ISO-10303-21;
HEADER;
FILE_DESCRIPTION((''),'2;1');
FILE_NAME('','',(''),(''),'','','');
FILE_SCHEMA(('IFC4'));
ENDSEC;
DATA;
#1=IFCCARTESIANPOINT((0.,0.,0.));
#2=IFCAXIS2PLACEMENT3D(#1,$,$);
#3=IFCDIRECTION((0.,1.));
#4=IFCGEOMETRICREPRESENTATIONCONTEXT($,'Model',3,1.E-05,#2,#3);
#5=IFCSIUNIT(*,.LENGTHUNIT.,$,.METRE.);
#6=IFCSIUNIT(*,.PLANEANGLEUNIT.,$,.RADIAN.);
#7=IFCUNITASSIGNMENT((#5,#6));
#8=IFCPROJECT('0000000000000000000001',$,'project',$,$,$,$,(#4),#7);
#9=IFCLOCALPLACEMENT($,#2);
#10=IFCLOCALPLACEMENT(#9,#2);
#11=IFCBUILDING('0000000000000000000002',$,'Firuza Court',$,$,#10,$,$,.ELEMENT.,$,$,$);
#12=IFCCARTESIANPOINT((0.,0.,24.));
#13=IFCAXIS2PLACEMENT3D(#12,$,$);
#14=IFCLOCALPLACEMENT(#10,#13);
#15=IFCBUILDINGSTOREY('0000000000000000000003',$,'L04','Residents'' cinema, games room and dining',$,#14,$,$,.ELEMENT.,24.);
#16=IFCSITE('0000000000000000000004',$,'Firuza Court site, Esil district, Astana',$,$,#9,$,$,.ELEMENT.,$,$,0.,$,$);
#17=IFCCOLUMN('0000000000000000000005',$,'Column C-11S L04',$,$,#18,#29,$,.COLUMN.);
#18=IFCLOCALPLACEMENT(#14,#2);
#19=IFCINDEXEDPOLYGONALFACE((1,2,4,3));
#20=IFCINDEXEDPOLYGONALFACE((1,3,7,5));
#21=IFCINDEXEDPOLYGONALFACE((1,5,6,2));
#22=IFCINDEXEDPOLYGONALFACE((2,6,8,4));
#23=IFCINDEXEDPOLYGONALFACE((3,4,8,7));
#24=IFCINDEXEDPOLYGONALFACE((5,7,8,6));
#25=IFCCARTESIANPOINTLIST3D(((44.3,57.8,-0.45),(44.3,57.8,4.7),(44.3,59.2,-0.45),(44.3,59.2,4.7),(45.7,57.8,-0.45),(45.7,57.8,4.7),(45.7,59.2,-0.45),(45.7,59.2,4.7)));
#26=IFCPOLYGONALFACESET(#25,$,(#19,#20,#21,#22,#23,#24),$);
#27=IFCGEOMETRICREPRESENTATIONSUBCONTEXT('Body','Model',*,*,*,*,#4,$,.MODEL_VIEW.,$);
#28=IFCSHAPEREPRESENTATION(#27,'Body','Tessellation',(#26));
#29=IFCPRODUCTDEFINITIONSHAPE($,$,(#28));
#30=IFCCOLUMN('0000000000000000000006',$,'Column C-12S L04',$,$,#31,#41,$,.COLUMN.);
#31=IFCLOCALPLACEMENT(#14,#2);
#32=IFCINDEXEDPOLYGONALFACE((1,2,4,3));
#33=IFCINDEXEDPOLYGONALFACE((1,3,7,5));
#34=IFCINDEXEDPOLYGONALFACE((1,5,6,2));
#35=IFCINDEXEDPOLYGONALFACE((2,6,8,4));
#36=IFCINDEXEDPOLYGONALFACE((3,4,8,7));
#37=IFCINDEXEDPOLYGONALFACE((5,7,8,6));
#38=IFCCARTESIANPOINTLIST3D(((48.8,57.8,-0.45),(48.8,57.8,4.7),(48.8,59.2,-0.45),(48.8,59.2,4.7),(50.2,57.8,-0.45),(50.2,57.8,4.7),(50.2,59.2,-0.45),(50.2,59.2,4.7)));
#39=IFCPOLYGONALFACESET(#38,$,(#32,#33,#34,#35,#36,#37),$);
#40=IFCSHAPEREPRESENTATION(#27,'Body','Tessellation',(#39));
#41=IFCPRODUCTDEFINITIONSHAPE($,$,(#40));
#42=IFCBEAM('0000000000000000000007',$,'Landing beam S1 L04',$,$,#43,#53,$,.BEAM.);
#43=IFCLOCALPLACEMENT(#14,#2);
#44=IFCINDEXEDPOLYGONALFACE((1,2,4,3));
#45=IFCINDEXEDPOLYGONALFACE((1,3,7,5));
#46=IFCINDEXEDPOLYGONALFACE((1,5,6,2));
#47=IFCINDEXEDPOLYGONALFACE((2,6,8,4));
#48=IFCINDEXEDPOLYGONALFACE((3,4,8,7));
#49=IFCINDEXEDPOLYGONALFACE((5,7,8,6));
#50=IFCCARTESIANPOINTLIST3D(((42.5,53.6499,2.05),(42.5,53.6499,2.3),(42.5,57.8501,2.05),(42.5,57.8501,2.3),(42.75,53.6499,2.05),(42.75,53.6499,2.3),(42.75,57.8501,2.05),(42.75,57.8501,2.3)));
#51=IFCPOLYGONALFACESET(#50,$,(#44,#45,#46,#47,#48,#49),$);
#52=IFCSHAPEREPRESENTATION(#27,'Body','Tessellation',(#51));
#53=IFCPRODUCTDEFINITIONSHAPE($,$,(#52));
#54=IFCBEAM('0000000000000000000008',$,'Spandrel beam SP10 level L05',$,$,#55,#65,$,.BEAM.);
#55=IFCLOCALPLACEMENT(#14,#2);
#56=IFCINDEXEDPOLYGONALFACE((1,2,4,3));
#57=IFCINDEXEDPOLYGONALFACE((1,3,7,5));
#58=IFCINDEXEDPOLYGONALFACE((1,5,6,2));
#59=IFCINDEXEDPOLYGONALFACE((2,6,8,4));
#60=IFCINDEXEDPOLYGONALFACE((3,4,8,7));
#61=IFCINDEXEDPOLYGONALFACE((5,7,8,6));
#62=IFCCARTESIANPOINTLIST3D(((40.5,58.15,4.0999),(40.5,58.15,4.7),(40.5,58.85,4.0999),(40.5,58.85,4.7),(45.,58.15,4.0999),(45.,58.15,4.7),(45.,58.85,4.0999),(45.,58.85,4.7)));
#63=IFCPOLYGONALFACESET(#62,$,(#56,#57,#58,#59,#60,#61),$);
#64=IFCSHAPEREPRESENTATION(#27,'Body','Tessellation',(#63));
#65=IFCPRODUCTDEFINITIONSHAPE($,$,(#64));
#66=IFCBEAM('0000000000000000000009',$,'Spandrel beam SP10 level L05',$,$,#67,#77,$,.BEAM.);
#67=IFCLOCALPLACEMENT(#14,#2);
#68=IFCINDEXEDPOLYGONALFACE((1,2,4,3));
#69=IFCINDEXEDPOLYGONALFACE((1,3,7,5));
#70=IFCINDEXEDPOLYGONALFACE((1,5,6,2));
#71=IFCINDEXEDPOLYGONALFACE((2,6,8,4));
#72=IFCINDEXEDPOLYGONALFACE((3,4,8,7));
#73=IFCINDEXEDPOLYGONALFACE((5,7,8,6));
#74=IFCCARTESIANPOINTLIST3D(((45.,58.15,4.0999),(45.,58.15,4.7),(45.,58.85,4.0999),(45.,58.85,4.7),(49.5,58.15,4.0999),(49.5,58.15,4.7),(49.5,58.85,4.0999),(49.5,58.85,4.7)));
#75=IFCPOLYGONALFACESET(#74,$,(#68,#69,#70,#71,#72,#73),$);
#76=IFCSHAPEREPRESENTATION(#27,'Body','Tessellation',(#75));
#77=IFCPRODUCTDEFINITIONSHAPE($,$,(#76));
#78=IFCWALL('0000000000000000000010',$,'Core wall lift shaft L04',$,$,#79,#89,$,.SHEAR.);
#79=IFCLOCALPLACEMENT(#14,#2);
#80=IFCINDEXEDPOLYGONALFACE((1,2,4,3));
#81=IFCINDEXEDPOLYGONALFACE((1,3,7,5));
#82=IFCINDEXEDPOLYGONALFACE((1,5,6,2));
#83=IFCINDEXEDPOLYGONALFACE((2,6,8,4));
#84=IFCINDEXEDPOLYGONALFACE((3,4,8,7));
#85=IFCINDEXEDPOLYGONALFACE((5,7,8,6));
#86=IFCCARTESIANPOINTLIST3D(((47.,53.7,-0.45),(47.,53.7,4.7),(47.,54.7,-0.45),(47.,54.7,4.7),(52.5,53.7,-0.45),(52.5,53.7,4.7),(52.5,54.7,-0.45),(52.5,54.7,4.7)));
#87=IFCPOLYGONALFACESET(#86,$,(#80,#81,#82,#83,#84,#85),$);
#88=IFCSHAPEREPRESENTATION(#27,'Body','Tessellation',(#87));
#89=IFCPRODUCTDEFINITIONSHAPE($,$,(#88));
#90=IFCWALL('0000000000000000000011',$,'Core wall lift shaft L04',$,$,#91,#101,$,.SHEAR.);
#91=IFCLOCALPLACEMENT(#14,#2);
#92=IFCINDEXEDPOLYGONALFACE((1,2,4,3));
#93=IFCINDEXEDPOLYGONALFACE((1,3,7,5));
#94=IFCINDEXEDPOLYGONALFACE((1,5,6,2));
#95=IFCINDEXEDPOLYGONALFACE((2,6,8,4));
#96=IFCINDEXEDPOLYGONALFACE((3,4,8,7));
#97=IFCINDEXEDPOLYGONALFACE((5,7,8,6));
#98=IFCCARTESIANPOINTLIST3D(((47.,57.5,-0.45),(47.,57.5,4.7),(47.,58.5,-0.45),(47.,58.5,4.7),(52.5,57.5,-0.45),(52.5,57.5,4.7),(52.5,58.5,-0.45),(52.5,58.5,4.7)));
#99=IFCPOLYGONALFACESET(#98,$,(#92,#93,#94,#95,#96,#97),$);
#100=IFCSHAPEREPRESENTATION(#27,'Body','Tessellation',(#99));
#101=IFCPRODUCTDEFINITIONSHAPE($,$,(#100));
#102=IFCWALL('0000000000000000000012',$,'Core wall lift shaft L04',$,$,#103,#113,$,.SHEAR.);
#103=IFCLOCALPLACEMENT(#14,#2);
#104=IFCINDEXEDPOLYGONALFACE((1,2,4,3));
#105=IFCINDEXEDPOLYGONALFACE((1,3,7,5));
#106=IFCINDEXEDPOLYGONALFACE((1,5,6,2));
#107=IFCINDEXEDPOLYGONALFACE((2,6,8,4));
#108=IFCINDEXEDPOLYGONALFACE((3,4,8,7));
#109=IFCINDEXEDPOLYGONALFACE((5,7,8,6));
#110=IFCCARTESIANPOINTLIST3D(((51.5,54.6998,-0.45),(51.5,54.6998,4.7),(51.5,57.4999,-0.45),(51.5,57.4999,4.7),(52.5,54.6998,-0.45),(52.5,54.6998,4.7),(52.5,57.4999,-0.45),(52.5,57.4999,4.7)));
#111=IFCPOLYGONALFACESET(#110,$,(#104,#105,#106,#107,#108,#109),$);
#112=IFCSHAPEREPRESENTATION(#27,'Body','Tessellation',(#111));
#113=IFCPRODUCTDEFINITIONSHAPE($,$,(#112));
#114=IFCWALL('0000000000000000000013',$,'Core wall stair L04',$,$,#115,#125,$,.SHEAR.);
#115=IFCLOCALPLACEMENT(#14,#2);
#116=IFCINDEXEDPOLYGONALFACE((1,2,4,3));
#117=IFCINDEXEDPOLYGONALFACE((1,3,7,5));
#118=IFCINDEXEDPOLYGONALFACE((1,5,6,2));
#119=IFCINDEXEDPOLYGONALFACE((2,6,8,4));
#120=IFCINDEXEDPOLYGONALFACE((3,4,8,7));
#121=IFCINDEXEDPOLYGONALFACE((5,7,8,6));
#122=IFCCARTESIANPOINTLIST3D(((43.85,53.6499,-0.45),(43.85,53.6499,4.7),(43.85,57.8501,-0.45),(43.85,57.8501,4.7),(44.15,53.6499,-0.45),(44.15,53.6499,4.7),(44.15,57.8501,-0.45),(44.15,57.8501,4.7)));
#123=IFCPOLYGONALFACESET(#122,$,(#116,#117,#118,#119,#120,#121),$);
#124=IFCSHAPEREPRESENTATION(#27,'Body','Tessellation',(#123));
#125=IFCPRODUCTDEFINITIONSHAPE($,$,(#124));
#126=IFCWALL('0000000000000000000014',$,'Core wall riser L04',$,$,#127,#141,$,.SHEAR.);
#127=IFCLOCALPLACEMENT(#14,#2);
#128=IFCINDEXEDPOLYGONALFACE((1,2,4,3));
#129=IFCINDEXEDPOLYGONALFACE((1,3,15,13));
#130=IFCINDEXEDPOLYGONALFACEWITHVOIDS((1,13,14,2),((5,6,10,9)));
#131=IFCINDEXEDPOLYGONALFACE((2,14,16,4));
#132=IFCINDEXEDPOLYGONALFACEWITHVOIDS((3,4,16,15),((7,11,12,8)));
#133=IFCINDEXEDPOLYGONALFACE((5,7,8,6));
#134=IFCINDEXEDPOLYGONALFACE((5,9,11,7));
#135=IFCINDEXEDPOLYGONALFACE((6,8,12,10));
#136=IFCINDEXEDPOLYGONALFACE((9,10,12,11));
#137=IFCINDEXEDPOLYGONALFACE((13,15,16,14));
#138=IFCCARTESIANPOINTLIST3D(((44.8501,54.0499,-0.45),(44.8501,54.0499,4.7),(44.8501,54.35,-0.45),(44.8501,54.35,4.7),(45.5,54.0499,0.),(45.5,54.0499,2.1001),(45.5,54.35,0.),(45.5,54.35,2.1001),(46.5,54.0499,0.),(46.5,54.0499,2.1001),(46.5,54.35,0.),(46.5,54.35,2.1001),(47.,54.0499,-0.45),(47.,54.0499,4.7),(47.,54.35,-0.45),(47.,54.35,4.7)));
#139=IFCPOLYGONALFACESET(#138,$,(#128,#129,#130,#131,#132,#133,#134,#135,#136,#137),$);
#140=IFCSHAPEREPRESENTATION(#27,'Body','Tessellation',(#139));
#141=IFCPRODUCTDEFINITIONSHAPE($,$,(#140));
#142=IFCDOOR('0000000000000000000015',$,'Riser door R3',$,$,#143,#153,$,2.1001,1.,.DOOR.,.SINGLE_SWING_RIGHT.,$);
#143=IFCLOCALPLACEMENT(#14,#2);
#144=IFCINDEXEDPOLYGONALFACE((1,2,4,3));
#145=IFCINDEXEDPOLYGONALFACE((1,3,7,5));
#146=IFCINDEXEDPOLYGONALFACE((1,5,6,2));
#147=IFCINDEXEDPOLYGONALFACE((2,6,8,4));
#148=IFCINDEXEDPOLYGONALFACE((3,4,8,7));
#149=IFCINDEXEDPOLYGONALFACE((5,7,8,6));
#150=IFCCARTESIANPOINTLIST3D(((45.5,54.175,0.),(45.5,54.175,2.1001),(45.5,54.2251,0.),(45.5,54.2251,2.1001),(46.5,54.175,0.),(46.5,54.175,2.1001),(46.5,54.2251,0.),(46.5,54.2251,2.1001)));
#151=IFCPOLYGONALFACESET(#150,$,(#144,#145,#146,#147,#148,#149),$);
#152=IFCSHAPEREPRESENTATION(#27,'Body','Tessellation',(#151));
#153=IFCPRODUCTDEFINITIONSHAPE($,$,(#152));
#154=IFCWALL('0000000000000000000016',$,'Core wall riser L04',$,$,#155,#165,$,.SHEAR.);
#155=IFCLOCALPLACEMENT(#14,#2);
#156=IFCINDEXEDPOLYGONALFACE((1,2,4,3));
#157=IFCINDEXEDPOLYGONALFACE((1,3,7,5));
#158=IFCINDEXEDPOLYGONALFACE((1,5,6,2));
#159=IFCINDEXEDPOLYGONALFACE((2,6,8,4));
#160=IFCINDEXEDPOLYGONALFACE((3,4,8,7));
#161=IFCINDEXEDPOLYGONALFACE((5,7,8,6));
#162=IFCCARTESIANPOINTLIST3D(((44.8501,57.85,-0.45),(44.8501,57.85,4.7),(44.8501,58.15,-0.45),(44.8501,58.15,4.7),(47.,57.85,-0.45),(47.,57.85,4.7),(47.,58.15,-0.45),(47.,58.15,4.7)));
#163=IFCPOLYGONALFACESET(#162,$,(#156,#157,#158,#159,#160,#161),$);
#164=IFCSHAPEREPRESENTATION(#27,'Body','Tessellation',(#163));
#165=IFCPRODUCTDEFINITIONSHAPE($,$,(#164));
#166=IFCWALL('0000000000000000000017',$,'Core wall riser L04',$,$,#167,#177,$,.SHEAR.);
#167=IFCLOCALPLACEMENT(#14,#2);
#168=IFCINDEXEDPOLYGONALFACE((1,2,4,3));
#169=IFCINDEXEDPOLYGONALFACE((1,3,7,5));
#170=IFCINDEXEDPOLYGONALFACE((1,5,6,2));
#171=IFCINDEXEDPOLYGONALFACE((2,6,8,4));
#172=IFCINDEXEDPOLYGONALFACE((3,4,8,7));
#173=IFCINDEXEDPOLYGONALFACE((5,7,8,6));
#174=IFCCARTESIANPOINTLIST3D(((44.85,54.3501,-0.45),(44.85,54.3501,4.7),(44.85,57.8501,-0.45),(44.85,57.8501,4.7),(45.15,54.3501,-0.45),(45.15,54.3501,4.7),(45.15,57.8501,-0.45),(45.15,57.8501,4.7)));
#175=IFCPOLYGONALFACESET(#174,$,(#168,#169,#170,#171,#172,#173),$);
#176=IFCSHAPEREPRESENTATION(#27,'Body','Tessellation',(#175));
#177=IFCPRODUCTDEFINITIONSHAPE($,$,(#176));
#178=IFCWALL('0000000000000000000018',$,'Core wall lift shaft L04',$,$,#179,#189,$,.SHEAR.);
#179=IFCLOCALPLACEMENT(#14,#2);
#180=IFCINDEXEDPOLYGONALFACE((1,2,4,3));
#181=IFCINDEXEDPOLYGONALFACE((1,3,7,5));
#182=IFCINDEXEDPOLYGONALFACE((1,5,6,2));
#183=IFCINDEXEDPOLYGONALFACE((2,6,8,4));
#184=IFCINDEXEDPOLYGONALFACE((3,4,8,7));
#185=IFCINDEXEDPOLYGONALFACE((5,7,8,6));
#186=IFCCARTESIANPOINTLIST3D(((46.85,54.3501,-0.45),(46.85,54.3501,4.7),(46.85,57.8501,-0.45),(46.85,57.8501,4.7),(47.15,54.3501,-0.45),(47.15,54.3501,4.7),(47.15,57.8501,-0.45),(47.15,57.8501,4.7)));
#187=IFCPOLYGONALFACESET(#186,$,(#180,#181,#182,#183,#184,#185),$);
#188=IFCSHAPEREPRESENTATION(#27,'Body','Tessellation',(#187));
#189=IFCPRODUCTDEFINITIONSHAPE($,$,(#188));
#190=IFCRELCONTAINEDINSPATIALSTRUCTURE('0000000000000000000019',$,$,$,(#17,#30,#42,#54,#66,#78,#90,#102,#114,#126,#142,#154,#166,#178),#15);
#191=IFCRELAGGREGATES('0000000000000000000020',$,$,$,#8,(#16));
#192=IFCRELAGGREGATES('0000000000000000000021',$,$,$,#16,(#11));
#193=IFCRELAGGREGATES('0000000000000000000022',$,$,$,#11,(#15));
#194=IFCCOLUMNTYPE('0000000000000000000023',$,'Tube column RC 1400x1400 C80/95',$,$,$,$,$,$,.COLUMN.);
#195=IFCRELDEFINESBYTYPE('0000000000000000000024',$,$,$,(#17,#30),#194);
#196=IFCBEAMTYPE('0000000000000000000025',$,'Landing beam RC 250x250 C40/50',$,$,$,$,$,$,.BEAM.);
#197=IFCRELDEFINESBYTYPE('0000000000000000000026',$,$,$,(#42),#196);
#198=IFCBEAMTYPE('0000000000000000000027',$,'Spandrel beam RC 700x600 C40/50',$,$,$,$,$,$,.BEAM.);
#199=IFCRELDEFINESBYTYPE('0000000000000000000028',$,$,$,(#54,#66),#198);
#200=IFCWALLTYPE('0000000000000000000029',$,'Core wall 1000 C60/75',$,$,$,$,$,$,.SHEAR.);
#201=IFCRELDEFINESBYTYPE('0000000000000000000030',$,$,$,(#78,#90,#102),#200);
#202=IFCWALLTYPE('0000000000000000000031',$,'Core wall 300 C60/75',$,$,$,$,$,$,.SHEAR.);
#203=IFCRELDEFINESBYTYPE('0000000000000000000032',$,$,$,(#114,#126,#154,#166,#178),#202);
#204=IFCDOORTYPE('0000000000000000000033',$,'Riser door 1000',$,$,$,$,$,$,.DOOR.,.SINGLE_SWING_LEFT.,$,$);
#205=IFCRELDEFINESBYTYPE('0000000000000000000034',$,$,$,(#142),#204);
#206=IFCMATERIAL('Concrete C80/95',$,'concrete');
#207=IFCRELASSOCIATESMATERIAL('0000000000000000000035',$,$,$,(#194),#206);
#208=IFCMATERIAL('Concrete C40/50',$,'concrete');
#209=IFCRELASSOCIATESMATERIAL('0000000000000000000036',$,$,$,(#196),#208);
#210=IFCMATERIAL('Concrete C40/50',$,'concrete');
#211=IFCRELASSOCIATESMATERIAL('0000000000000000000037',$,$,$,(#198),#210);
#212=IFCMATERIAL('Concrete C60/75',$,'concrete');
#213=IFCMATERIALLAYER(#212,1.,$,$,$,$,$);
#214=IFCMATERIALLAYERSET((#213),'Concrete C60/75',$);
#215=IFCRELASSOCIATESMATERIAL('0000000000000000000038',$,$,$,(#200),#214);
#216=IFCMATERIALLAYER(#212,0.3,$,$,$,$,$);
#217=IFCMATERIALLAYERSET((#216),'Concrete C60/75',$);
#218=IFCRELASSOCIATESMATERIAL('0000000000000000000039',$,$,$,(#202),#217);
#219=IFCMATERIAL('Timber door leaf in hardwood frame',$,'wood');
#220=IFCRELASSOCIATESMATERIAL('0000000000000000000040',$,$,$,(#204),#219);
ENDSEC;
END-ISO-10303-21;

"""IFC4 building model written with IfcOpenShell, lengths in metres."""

from ifc_helpers import new_model, si_unit, direction, frame, frame_2d, origin, origin_2d, place, context, subcontext, project, spatial, rectangle, extrude, material, layer, layer_set, material_profile, profile_set, type_object, element, fill, save


model = new_model("IFC4")

# Units and contexts
model_context = context("Model", 3, precision=1e-05, world=origin(), true_north=direction((0.0, 1.0)))
body_context = subcontext(model_context, "Body", "Model", "MODEL_VIEW")
ifc_project = project(units=[si_unit("LENGTHUNIT", "METRE"), si_unit("PLANEANGLEUNIT", "RADIAN")], contexts=[model_context])

# Site, building, storey
site_placement = place(None, origin())
site = spatial("IfcSite", under=ifc_project, at=site_placement, Name="Firuza Court site, Esil district, Astana", CompositionType="ELEMENT", RefElevation=0.0)
building_placement = place(site_placement, origin())
building = spatial("IfcBuilding", under=site, at=building_placement, Name="Firuza Court", CompositionType="ELEMENT")
storey_placement = place(building_placement, frame((0.0, 0.0, 24.0)))
storey = spatial("IfcBuildingStorey", under=building, at=storey_placement, Name="L04", Description="Residents' cinema, games room and dining", CompositionType="ELEMENT", Elevation=24.0)

# Columns
ifc_material_1 = material(Name="Concrete C80/95", Category="concrete")
ifc_material_profile_1 = material_profile(ifc_material_1, rectangle(XDim=1.3999, YDim=1.3999, at=origin_2d()), Name="RC 1400x1400")
ifc_profile_set_1 = profile_set([ifc_material_profile_1], Name="Concrete C80/95")
column_type = type_object("IfcColumnType", Name="Tube column RC 1400x1400 C80/95", PredefinedType="COLUMN", material=ifc_profile_set_1)
for number, where, z_axis, x_axis, name in (
    (1, (45.0, 58.5, -0.45), (0.0, 0.0, 1.0), (1.0, 0.0, 0.0), "Column C-11S L04"),
    (2, (49.5, 58.5, -0.45), (0.0, 0.0, 1.0), (1.0, 0.0, 0.0), "Column C-12S L04"),
):
    element("IfcColumn", number, at=place(storey_placement, frame(where, z_axis=z_axis, x_axis=x_axis)), inside=storey, type_object=column_type, Name=name, PredefinedType="COLUMN", context=body_context, shape_type="SweptSolid", body=[
        extrude(rectangle(XDim=1.3999, YDim=1.3999, at=origin_2d()), origin(), (0.0, 0.0, 1.0), 5.1499),
    ])

# Beams
ifc_material_2 = material(Name="Concrete C40/50", Category="concrete")
ifc_material_profile_2 = material_profile(ifc_material_2, rectangle(XDim=0.25, YDim=0.25, at=origin_2d()), Name="RC 250x250")
ifc_profile_set_2 = profile_set([ifc_material_profile_2], Name="Concrete C40/50")
beam_type_1 = type_object("IfcBeamType", Name="Landing beam RC 250x250 C40/50", PredefinedType="BEAM", material=ifc_profile_set_2)
beam_placement = place(storey_placement, frame((42.625, 53.6499, 2.175), z_axis=(0.0, 1.0, 0.0), x_axis=(-1.0, 0.0, 0.0)))
element("IfcBeam", 3, at=beam_placement, inside=storey, type_object=beam_type_1, Name="Landing beam S1 L04", PredefinedType="BEAM", context=body_context, shape_type="SweptSolid", body=[
    extrude(rectangle(XDim=0.25, YDim=0.25, at=origin_2d()), origin(), (0.0, 0.0, 1.0), 4.2002),
])
ifc_material_3 = material(Name="Concrete C40/50", Category="concrete")
ifc_material_profile_3 = material_profile(ifc_material_3, rectangle(XDim=0.7, YDim=0.6001, at=origin_2d()), Name="RC 700x600")
ifc_profile_set_3 = profile_set([ifc_material_profile_3], Name="Concrete C40/50")
beam_type_2 = type_object("IfcBeamType", Name="Spandrel beam RC 700x600 C40/50", PredefinedType="BEAM", material=ifc_profile_set_3)
for number, where, z_axis, x_axis, name in (
    (4, (45.0, 58.5, 4.3999), (-1.0, 0.0, 0.0), (0.0, -1.0, 0.0), "Spandrel beam SP10 level L05"),
    (5, (49.5, 58.5, 4.3999), (-1.0, 0.0, 0.0), (0.0, -1.0, 0.0), "Spandrel beam SP10 level L05"),
):
    element("IfcBeam", number, at=place(storey_placement, frame(where, z_axis=z_axis, x_axis=x_axis)), inside=storey, type_object=beam_type_2, Name=name, PredefinedType="BEAM", context=body_context, shape_type="SweptSolid", body=[
        extrude(rectangle(XDim=0.7, YDim=0.6001, at=origin_2d()), origin(), (0.0, 0.0, 1.0), 4.5),
    ])

# Walls
ifc_material_4 = material(Name="Concrete C60/75", Category="concrete")
ifc_layer_1 = layer(ifc_material_4, 1.0)
ifc_layer_set_1 = layer_set([ifc_layer_1], Name="Concrete C60/75")
wall_type_1 = type_object("IfcWallType", Name="Core wall 1000 C60/75", PredefinedType="SHEAR", material=ifc_layer_set_1)
for number, where, z_axis, x_axis, name in (
    (6, (47.0, 54.2, -0.45), (0.0, 0.0, 1.0), (1.0, 0.0, 0.0), "Core wall lift shaft L04"),
    (7, (47.0, 58.0, -0.45), (0.0, 0.0, 1.0), (1.0, 0.0, 0.0), "Core wall lift shaft L04"),
):
    element("IfcWall", number, at=place(storey_placement, frame(where, z_axis=z_axis, x_axis=x_axis)), inside=storey, type_object=wall_type_1, Name=name, PredefinedType="SHEAR", context=body_context, shape_type="SweptSolid", body=[
        extrude(rectangle(XDim=5.5, YDim=1.0, at=frame_2d((2.75, 0.0))), origin(), (0.0, 0.0, 1.0), 5.1499),
    ])
wall_1_placement = place(storey_placement, frame((52.0, 54.7, -0.45), z_axis=(0.0, 0.0, 1.0), x_axis=(0.0, 1.0, 0.0)))
element("IfcWall", 8, at=wall_1_placement, inside=storey, type_object=wall_type_1, Name="Core wall lift shaft L04", PredefinedType="SHEAR", context=body_context, shape_type="SweptSolid", body=[
    extrude(rectangle(XDim=2.8, YDim=1.0, at=frame_2d((1.3999, 0.0))), origin(), (0.0, 0.0, 1.0), 5.1499),
])
ifc_layer_2 = layer(ifc_material_4, 0.3)
ifc_layer_set_2 = layer_set([ifc_layer_2], Name="Concrete C60/75")
wall_type_2 = type_object("IfcWallType", Name="Core wall 300 C60/75", PredefinedType="SHEAR", material=ifc_layer_set_2)
wall_2_placement = place(storey_placement, frame((44.0, 53.6499, -0.45), z_axis=(0.0, 0.0, 1.0), x_axis=(0.0, 1.0, 0.0)))
element("IfcWall", 9, at=wall_2_placement, inside=storey, type_object=wall_type_2, Name="Core wall stair L04", PredefinedType="SHEAR", context=body_context, shape_type="SweptSolid", body=[
    extrude(rectangle(XDim=4.2002, YDim=0.3, at=frame_2d((2.1001, 0.0))), origin(), (0.0, 0.0, 1.0), 5.1499),
])

# Wall, opening, door
wall_3_placement = place(storey_placement, frame((44.8501, 54.2, -0.45), z_axis=(0.0, 0.0, 1.0), x_axis=(1.0, 0.0, 0.0)))
wall_3 = element("IfcWall", 10, at=wall_3_placement, inside=storey, type_object=wall_type_2, Name="Core wall riser L04", PredefinedType="SHEAR", context=body_context, shape_type="SweptSolid", body=[
    extrude(rectangle(XDim=2.1499, YDim=0.3, at=frame_2d((1.075, 0.0))), origin(), (0.0, 0.0, 1.0), 5.1499),
])
opening_1_placement = place(wall_3_placement, frame((0.6499, 0.0, 0.45)))
opening_1 = element("IfcOpeningElement", 11, at=opening_1_placement, cuts=wall_3, PredefinedType="OPENING", context=body_context, shape_type="SweptSolid", body=[
    extrude(rectangle(XDim=1.0, YDim=2.1001, at=frame_2d((0.5, 1.05))), frame((0.0, 0.1621, 0.0), z_axis=(0.0, -1.0, 0.0), x_axis=(1.0, 0.0, 0.0)), (0.0, 0.0, 1.0), 0.324),
])
ifc_material_5 = material(Name="Timber door leaf in hardwood frame", Category="wood")
door_type_1 = type_object("IfcDoorType", Name="Riser door 1000", OperationType="SINGLE_SWING_LEFT", PredefinedType="DOOR", material=ifc_material_5)
door_1_placement = place(opening_1_placement, frame((1.0, 0.0, 0.0), z_axis=(0.0, 0.0, 1.0), x_axis=(-1.0, 0.0, 0.0)))
door_1 = element("IfcDoor", 12, at=door_1_placement, inside=storey, type_object=door_type_1, Name="Riser door R3", OperationType="SINGLE_SWING_RIGHT", OverallHeight=2.1001, OverallWidth=1.0, PredefinedType="DOOR", context=body_context, shape_type="SweptSolid", body=[
    extrude(rectangle(XDim=1.0, YDim=2.1001, at=frame_2d((0.5, 1.05))), frame((0.0, 0.0249, 0.0), z_axis=(0.0, -1.0, 0.0), x_axis=(1.0, 0.0, 0.0)), (0.0, 0.0, 1.0), 0.05),
])
fill(opening_1, door_1)

# Walls
wall_4_placement = place(storey_placement, frame((44.8501, 58.0, -0.45), z_axis=(0.0, 0.0, 1.0), x_axis=(1.0, 0.0, 0.0)))
element("IfcWall", 13, at=wall_4_placement, inside=storey, type_object=wall_type_2, Name="Core wall riser L04", PredefinedType="SHEAR", context=body_context, shape_type="SweptSolid", body=[
    extrude(rectangle(XDim=2.1499, YDim=0.3, at=frame_2d((1.075, 0.0))), origin(), (0.0, 0.0, 1.0), 5.1499),
])
for number, where, z_axis, x_axis, name in (
    (14, (45.0, 54.3501, -0.45), (0.0, 0.0, 1.0), (0.0, 1.0, 0.0), "Core wall riser L04"),
    (15, (47.0, 54.3501, -0.45), (0.0, 0.0, 1.0), (0.0, 1.0, 0.0), "Core wall lift shaft L04"),
):
    element("IfcWall", number, at=place(storey_placement, frame(where, z_axis=z_axis, x_axis=x_axis)), inside=storey, type_object=wall_type_2, Name=name, PredefinedType="SHEAR", context=body_context, shape_type="SweptSolid", body=[
        extrude(rectangle(XDim=3.5, YDim=0.3, at=frame_2d((1.75, 0.0))), origin(), (0.0, 0.0, 1.0), 5.1499),
    ])

save(model, "model.ifc")
